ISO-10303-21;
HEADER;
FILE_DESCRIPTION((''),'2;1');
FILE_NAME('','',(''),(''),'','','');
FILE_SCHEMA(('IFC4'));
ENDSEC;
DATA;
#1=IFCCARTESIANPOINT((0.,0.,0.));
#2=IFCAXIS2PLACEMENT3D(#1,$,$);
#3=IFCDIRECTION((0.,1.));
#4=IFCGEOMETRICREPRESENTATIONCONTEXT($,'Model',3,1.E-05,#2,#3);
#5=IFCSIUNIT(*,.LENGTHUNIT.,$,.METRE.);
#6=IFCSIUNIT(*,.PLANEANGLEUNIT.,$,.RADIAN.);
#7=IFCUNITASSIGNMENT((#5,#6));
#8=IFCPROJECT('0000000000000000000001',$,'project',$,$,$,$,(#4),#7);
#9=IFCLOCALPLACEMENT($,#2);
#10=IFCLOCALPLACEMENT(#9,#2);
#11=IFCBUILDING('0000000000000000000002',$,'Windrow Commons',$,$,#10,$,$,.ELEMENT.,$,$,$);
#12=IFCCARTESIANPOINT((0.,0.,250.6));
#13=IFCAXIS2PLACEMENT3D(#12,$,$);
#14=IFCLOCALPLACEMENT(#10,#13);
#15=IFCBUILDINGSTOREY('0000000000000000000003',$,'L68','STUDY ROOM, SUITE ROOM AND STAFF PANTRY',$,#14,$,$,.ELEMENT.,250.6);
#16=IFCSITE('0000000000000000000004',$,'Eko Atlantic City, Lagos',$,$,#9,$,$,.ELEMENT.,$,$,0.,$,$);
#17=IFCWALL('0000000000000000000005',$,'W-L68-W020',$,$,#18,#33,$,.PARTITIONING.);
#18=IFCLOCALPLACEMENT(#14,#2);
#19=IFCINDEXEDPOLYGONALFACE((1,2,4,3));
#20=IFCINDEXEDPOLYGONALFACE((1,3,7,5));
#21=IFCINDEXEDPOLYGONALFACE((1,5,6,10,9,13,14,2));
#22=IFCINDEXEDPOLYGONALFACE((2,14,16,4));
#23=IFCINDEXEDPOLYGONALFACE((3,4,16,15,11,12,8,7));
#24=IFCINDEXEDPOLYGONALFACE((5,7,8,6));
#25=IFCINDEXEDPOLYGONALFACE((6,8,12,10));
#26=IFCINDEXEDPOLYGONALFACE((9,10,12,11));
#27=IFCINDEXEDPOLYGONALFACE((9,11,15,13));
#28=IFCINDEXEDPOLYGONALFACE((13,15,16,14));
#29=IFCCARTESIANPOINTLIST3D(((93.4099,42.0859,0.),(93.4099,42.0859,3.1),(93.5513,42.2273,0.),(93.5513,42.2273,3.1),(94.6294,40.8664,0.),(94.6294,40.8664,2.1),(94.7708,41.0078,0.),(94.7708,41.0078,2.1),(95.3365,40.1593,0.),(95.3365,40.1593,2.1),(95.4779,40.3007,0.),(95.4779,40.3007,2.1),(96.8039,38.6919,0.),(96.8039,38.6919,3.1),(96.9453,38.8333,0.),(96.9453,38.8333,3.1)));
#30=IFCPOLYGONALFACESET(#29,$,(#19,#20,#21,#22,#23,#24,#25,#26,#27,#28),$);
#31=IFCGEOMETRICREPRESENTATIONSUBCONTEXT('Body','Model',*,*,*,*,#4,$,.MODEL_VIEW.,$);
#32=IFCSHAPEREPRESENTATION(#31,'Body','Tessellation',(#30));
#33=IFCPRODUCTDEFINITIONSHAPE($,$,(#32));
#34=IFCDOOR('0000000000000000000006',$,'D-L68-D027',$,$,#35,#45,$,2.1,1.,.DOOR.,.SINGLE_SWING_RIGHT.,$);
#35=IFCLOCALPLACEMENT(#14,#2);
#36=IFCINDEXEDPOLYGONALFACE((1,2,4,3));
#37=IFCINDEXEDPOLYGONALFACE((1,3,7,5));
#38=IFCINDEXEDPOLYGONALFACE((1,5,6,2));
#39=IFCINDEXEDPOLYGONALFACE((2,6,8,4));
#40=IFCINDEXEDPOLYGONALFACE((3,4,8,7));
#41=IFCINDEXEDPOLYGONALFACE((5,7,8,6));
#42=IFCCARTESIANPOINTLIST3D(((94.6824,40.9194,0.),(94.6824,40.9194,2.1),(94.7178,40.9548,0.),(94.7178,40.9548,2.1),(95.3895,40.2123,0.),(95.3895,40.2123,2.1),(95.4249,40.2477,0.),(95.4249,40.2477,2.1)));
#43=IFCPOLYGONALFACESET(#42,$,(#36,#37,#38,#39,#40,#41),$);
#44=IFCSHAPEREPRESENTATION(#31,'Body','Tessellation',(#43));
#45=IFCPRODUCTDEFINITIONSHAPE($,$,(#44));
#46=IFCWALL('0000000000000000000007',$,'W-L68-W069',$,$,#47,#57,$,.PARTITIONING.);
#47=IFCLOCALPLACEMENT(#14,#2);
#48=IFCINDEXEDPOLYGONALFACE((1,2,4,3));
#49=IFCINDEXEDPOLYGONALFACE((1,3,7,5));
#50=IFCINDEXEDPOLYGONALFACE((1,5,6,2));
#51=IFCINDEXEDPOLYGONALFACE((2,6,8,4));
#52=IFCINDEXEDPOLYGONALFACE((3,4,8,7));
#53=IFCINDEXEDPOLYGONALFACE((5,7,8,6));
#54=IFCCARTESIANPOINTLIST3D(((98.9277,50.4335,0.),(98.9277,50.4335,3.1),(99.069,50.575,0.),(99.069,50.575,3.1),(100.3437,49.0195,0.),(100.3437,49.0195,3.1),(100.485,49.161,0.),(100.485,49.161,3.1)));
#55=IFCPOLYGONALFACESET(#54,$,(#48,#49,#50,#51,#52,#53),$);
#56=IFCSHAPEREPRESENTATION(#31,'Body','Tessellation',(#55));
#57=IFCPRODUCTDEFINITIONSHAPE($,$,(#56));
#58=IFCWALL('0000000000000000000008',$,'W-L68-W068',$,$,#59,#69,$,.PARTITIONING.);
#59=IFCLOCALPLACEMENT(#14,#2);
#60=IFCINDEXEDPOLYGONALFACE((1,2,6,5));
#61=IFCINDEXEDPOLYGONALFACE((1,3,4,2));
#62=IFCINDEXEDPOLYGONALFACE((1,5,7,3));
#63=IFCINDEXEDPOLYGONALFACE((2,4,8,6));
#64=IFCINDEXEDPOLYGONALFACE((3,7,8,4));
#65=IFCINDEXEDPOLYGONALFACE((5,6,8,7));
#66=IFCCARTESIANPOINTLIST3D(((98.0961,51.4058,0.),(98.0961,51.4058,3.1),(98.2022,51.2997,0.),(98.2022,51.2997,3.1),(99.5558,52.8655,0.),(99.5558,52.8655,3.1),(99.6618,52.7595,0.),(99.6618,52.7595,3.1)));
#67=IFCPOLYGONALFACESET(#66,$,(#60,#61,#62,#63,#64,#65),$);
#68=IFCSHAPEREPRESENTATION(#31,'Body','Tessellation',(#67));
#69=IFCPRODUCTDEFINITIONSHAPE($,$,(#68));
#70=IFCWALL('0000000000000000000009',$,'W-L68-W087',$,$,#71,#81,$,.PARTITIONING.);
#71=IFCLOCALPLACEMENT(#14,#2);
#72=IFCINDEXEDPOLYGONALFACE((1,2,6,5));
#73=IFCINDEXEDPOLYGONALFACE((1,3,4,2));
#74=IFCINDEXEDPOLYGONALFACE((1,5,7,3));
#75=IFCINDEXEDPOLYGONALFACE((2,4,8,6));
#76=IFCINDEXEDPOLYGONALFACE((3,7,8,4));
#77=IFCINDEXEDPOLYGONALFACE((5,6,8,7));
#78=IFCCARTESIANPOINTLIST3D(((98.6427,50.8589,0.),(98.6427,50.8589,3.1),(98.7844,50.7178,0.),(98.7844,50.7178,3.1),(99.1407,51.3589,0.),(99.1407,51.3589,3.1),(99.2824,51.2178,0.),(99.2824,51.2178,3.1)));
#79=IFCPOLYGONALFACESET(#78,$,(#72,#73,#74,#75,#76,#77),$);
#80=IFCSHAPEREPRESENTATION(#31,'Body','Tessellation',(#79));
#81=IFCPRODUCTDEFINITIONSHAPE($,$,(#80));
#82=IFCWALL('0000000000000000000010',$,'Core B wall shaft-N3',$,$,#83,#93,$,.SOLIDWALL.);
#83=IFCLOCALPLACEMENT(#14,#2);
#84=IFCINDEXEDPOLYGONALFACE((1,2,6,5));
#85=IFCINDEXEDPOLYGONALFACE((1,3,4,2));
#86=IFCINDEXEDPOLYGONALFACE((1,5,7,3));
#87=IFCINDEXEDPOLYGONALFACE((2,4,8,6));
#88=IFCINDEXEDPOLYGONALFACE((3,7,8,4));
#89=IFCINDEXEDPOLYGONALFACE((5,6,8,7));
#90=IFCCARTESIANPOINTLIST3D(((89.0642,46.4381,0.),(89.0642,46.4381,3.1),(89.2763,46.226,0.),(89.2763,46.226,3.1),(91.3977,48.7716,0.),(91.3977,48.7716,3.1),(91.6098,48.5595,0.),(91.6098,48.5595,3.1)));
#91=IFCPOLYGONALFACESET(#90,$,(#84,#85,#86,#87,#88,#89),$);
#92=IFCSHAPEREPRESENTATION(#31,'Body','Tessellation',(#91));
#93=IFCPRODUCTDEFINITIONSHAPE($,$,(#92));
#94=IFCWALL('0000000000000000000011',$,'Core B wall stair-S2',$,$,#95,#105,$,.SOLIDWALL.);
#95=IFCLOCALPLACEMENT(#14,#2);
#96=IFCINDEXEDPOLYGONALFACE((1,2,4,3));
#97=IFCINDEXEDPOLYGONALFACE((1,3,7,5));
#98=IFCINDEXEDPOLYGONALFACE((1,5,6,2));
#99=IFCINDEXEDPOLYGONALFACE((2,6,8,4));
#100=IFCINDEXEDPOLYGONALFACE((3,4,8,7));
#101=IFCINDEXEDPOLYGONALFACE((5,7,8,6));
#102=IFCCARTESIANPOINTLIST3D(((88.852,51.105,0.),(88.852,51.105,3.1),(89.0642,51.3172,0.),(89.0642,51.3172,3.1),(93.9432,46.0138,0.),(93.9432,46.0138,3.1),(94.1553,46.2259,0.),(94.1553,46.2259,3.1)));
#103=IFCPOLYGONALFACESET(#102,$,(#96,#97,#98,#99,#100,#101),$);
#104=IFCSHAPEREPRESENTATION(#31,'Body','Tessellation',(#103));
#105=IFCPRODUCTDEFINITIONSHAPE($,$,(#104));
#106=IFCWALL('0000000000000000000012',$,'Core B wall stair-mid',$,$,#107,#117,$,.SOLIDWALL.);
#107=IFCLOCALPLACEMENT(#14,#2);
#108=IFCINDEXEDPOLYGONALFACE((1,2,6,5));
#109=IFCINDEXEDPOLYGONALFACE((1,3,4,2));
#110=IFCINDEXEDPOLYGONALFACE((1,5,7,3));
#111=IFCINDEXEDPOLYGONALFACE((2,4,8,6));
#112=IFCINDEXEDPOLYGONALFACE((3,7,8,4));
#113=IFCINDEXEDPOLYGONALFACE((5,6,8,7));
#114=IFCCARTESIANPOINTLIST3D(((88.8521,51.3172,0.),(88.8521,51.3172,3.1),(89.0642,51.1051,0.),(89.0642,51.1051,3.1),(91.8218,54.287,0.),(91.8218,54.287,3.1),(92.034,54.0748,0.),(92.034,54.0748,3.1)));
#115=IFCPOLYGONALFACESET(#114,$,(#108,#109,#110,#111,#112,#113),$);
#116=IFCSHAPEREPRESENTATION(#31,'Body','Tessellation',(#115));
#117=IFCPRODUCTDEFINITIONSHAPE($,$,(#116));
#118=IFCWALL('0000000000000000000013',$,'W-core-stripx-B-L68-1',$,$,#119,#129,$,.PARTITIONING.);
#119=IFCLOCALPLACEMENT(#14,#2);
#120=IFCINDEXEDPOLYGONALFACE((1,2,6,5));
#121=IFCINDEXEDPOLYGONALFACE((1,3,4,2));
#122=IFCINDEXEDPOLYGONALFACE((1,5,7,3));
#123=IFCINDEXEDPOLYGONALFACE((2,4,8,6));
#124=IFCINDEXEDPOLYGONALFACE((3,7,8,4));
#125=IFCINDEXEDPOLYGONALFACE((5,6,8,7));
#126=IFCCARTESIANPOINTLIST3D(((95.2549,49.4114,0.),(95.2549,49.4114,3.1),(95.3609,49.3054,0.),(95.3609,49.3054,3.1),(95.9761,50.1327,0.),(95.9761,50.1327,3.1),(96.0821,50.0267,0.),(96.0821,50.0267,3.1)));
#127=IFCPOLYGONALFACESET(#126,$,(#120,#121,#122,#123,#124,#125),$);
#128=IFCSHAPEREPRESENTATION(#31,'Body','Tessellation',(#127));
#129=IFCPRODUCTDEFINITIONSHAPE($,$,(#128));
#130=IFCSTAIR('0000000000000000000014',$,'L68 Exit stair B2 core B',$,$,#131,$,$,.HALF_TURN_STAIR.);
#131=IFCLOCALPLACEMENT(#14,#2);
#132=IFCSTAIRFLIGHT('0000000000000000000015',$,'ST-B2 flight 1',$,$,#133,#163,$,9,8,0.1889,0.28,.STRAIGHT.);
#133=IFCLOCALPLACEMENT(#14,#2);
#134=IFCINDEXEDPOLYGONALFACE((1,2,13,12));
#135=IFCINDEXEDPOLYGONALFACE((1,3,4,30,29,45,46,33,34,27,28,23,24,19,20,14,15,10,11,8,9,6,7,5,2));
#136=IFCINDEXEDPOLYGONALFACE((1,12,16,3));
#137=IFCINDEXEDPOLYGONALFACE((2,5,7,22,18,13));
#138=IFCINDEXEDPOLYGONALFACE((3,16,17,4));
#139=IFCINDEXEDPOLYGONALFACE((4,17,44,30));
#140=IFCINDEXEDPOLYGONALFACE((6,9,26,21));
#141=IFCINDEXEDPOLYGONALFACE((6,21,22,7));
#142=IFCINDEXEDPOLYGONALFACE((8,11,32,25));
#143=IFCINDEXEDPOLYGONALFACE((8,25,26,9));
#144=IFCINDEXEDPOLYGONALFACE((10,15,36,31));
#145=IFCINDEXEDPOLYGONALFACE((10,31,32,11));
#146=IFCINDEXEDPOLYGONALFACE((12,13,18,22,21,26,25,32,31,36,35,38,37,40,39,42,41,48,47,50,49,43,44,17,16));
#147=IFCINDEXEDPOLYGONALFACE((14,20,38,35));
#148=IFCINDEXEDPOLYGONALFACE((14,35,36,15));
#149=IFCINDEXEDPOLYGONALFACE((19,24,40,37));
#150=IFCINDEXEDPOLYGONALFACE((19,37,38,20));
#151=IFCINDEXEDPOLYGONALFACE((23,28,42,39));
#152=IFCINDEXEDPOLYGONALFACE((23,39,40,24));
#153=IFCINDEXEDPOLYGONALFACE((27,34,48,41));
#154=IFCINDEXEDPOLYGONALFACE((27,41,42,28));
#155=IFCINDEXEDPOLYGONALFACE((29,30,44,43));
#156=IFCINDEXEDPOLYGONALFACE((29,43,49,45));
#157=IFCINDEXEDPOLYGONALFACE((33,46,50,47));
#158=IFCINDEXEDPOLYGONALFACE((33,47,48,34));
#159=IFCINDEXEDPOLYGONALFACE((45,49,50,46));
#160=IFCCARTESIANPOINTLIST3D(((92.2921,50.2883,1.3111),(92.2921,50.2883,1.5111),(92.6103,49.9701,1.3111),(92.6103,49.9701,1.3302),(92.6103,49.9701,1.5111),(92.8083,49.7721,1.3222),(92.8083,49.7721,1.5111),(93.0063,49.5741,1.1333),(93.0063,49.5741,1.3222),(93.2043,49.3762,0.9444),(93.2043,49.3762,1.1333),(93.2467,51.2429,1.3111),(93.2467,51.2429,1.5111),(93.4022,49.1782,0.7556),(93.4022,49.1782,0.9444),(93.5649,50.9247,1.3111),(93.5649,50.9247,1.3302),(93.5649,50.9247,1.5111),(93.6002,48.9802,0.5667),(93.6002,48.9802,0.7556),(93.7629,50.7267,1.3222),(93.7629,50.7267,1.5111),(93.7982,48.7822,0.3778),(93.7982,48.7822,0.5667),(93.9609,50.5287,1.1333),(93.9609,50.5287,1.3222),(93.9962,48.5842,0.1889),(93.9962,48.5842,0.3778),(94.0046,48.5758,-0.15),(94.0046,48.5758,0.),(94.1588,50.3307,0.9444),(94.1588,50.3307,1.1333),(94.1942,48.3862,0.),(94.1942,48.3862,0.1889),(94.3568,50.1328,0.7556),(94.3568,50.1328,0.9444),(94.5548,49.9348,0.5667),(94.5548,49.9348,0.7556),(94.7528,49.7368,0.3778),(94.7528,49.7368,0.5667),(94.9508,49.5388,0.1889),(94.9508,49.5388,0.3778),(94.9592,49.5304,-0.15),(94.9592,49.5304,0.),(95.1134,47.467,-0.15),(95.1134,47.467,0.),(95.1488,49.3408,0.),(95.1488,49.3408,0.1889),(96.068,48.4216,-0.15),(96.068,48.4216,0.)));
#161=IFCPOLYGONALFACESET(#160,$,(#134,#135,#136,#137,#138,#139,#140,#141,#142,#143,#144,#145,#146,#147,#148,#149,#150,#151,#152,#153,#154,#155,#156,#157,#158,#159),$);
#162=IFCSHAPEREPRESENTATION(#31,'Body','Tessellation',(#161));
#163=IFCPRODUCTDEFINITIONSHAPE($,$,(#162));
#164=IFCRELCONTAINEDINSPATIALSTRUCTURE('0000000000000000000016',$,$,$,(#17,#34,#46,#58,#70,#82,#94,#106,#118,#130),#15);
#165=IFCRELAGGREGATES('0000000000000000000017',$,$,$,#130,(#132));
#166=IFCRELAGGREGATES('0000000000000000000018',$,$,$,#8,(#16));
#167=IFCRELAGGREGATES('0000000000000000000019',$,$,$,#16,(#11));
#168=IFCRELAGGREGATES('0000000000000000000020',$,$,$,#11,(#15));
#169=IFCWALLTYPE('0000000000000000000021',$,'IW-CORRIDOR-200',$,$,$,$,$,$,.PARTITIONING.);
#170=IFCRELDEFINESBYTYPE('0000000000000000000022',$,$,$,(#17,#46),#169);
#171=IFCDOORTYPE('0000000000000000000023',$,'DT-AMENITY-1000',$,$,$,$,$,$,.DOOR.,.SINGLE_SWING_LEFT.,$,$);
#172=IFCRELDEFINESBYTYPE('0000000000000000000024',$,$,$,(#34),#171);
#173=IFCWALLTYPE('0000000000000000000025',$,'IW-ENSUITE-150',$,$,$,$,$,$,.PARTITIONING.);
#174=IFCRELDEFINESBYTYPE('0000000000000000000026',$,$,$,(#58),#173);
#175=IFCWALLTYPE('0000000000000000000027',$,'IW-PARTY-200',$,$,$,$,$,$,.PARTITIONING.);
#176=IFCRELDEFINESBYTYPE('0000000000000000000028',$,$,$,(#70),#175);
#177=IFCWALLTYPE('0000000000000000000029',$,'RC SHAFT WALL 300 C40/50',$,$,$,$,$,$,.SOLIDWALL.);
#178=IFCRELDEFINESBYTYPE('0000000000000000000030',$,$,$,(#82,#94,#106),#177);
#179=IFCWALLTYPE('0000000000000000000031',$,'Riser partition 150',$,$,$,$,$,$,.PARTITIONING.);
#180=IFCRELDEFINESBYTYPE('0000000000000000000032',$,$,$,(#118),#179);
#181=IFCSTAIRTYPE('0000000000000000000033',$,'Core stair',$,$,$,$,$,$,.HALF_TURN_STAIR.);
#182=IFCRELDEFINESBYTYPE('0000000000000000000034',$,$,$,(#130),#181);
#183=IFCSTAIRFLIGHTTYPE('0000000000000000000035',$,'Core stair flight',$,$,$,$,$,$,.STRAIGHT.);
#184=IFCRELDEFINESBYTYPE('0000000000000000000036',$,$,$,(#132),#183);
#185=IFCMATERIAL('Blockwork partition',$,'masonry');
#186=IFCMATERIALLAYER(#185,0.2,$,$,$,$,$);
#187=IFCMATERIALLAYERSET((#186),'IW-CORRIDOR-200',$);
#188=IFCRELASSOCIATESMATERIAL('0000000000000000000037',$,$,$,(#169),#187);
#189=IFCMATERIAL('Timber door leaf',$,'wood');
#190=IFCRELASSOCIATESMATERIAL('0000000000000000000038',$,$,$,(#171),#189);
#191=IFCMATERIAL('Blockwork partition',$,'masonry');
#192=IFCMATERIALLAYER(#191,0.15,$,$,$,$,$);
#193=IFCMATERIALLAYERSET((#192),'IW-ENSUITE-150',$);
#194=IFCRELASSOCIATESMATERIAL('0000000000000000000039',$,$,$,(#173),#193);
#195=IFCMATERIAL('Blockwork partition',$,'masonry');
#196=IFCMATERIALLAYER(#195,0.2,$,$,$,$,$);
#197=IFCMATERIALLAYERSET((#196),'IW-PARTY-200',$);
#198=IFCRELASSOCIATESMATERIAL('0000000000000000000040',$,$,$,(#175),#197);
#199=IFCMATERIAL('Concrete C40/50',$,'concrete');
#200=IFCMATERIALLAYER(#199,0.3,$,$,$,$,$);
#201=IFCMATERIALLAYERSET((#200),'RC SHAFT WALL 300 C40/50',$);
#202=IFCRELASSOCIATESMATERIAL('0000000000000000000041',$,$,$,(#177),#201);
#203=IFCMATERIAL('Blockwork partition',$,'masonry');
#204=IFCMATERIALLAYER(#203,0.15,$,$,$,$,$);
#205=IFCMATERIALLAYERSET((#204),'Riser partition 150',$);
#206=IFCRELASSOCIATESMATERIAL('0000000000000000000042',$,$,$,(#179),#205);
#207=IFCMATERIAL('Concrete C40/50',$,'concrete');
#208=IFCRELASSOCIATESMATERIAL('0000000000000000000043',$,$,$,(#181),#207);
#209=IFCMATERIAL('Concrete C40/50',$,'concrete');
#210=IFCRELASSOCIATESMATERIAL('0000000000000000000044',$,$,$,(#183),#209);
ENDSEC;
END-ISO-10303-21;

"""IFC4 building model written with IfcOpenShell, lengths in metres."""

from ifc_helpers import new_model, si_unit, direction, frame, frame_2d, origin, place, context, subcontext, project, spatial, polyline, rectangle, outline, extrude, material, layer, layer_set, type_object, element, fill, aggregate, save


model = new_model("IFC4")

# Units and contexts
model_context = context("Model", 3, precision=1e-05, world=origin(), true_north=direction((0.0, 1.0)))
body_context = subcontext(model_context, "Body", "Model", "MODEL_VIEW")
ifc_project = project(units=[si_unit("LENGTHUNIT", "METRE"), si_unit("PLANEANGLEUNIT", "RADIAN")], contexts=[model_context])

# Site, building, storey
site_placement = place(None, origin())
site = spatial("IfcSite", under=ifc_project, at=site_placement, Name="Eko Atlantic City, Lagos", CompositionType="ELEMENT", RefElevation=0.0)
building_placement = place(site_placement, origin())
building = spatial("IfcBuilding", under=site, at=building_placement, Name="Windrow Commons", CompositionType="ELEMENT")
storey_placement = place(building_placement, frame((0.0, 0.0, 250.6)))
storey = spatial("IfcBuildingStorey", under=building, at=storey_placement, Name="L68", Description="STUDY ROOM, SUITE ROOM AND STAFF PANTRY", CompositionType="ELEMENT", Elevation=250.6)

# Wall, opening, door
ifc_material_1 = material(Name="Blockwork partition", Category="masonry")
ifc_layer_1 = layer(ifc_material_1, 0.2)
ifc_layer_set_1 = layer_set([ifc_layer_1], Name="IW-CORRIDOR-200")
wall_type_1 = type_object("IfcWallType", Name="IW-CORRIDOR-200", PredefinedType="PARTITIONING", material=ifc_layer_set_1)
ifc_material_2 = material(Name="Timber door leaf", Category="wood")
door_type = type_object("IfcDoorType", Name="DT-AMENITY-1000", OperationType="SINGLE_SWING_LEFT", PredefinedType="DOOR", material=ifc_material_2)
wall_1_placement = place(storey_placement, frame((93.4806, 42.1566, 0.0), z_axis=(0.0, 0.0, 1.0), x_axis=(0.707107, -0.707107, 0.0)))
wall_1 = element("IfcWall", 1, at=wall_1_placement, inside=storey, type_object=wall_type_1, Name="W-L68-W020", PredefinedType="PARTITIONING", context=body_context, shape_type="SweptSolid", body=[
    extrude(rectangle(XDim=4.7998, YDim=0.2, at=frame_2d((2.3999, 0.0))), origin(), (0.0, 0.0, 1.0), 3.1),
])
opening_1_placement = place(wall_1_placement, frame((1.7246, 0.0, 0.0)))
opening_1 = element("IfcOpeningElement", 2, at=opening_1_placement, cuts=wall_1, PredefinedType="OPENING", context=body_context, shape_type="SweptSolid", body=[
    extrude(rectangle(XDim=1.0, YDim=2.1, at=frame_2d((0.5, 1.05))), frame((0.0, 0.11, 0.0), z_axis=(0.0, -1.0, 0.0), x_axis=(1.0, 0.0, 0.0)), (0.0, 0.0, 1.0), 0.22),
])
door_1_placement = place(opening_1_placement, origin())
door_1 = element("IfcDoor", 3, at=door_1_placement, inside=storey, type_object=door_type, Name="D-L68-D027", OperationType="SINGLE_SWING_RIGHT", OverallHeight=2.1, OverallWidth=1.0, PredefinedType="DOOR", context=body_context, shape_type="SweptSolid", body=[
    extrude(rectangle(XDim=1.0, YDim=2.1, at=frame_2d((0.5, 1.05))), frame((0.0, 0.025, 0.0), z_axis=(0.0, -1.0, 0.0), x_axis=(1.0, 0.0, 0.0)), (0.0, 0.0, 1.0), 0.05),
])
fill(opening_1, door_1)

# Walls
wall_2_placement = place(storey_placement, frame((98.9983, 50.5043, 0.0), z_axis=(0.0, 0.0, 1.0), x_axis=(0.707606, -0.706607, 0.0)))
element("IfcWall", 4, at=wall_2_placement, inside=storey, type_object=wall_type_1, Name="W-L68-W069", PredefinedType="PARTITIONING", context=body_context, shape_type="SweptSolid", body=[
    extrude(rectangle(XDim=2.0011, YDim=0.2, at=frame_2d((1.0006, 0.0))), origin(), (0.0, 0.0, 1.0), 3.1),
])
ifc_material_3 = material(Name="Blockwork partition", Category="masonry")
ifc_layer_2 = layer(ifc_material_3, 0.15)
ifc_layer_set_2 = layer_set([ifc_layer_2], Name="IW-ENSUITE-150")
wall_type_2 = type_object("IfcWallType", Name="IW-ENSUITE-150", PredefinedType="PARTITIONING", material=ifc_layer_set_2)
wall_3_placement = place(storey_placement, frame((98.1492, 51.3528, 0.0), z_axis=(0.0, 0.0, 1.0), x_axis=(0.707083, 0.707131, 0.0)))
element("IfcWall", 5, at=wall_3_placement, inside=storey, type_object=wall_type_2, Name="W-L68-W068", PredefinedType="PARTITIONING", context=body_context, shape_type="SweptSolid", body=[
    extrude(rectangle(XDim=2.0643, YDim=0.15, at=frame_2d((1.0321, 0.0))), origin(), (0.0, 0.0, 1.0), 3.1),
])
ifc_material_4 = material(Name="Blockwork partition", Category="masonry")
ifc_layer_3 = layer(ifc_material_4, 0.2)
ifc_layer_set_3 = layer_set([ifc_layer_3], Name="IW-PARTY-200")
wall_type_3 = type_object("IfcWallType", Name="IW-PARTY-200", PredefinedType="PARTITIONING", material=ifc_layer_set_3)
wall_4_placement = place(storey_placement, frame((98.7136, 50.7884, 0.0), z_axis=(0.0, 0.0, 1.0), x_axis=(0.705688, 0.708522, 0.0)))
element("IfcWall", 6, at=wall_4_placement, inside=storey, type_object=wall_type_3, Name="W-L68-W087", PredefinedType="PARTITIONING", context=body_context, shape_type="SweptSolid", body=[
    extrude(rectangle(XDim=0.7057, YDim=0.2, at=frame_2d((0.3528, 0.0))), origin(), (0.0, 0.0, 1.0), 3.1),
])
ifc_material_5 = material(Name="Concrete C40/50", Category="concrete")
ifc_layer_4 = layer(ifc_material_5, 0.3)
ifc_layer_set_4 = layer_set([ifc_layer_4], Name="RC SHAFT WALL 300 C40/50")
wall_type_4 = type_object("IfcWallType", Name="RC SHAFT WALL 300 C40/50", PredefinedType="SOLIDWALL", material=ifc_layer_set_4)
wall_5_placement = place(storey_placement, frame((89.1702, 46.332, 0.0), z_axis=(0.0, 0.0, 1.0), x_axis=(0.707107, 0.707107, 0.0)))
element("IfcWall", 7, at=wall_5_placement, inside=storey, type_object=wall_type_4, Name="Core B wall shaft-N3", PredefinedType="SOLIDWALL", context=body_context, shape_type="SweptSolid", body=[
    extrude(rectangle(XDim=3.3001, YDim=0.3, at=frame_2d((1.6501, 0.0))), origin(), (0.0, 0.0, 1.0), 3.1),
])
wall_6_placement = place(storey_placement, frame((88.9581, 51.2111, 0.0), z_axis=(0.0, 0.0, 1.0), x_axis=(0.7071, -0.707114, 0.0)))
element("IfcWall", 8, at=wall_6_placement, inside=storey, type_object=wall_type_4, Name="Core B wall stair-S2", PredefinedType="SOLIDWALL", context=body_context, shape_type="SweptSolid", body=[
    extrude(rectangle(XDim=7.2, YDim=0.3, at=frame_2d((3.6, 0.0))), origin(), (0.0, 0.0, 1.0), 3.1),
])
wall_7_placement = place(storey_placement, frame((88.9581, 51.2111, 0.0), z_axis=(0.0, 0.0, 1.0), x_axis=(0.707107, 0.707107, 0.0)))
element("IfcWall", 9, at=wall_7_placement, inside=storey, type_object=wall_type_4, Name="Core B wall stair-mid", PredefinedType="SOLIDWALL", context=body_context, shape_type="SweptSolid", body=[
    extrude(rectangle(XDim=4.1999, YDim=0.3, at=frame_2d((2.1, 0.0))), origin(), (0.0, 0.0, 1.0), 3.1),
])
ifc_material_6 = material(Name="Blockwork partition", Category="masonry")
ifc_layer_5 = layer(ifc_material_6, 0.15)
ifc_layer_set_5 = layer_set([ifc_layer_5], Name="Riser partition 150")
wall_type_5 = type_object("IfcWallType", Name="Riser partition 150", PredefinedType="PARTITIONING", material=ifc_layer_set_5)
wall_8_placement = place(storey_placement, frame((95.3079, 49.3584, 0.0), z_axis=(0.0, 0.0, 1.0), x_axis=(0.707058, 0.707156, 0.0)))
element("IfcWall", 10, at=wall_8_placement, inside=storey, type_object=wall_type_5, Name="W-core-stripx-B-L68-1", PredefinedType="PARTITIONING", context=body_context, shape_type="SweptSolid", body=[
    extrude(rectangle(XDim=1.02, YDim=0.15, at=frame_2d((0.51, 0.0))), origin(), (0.0, 0.0, 1.0), 3.1),
])

# Stair, stair flight
ifc_material_7 = material(Name="Concrete C40/50", Category="concrete")
stair_type = type_object("IfcStairType", Name="Core stair", PredefinedType="HALF_TURN_STAIR", material=ifc_material_7)
stair_placement = place(storey_placement, origin())
stair = element("IfcStair", 11, at=stair_placement, inside=storey, type_object=stair_type, Name="L68 Exit stair B2 core B", PredefinedType="HALF_TURN_STAIR")
ifc_material_8 = material(Name="Concrete C40/50", Category="concrete")
stair_flight_type = type_object("IfcStairFlightType", Name="Core stair flight", PredefinedType="STRAIGHT", material=ifc_material_8)
stair_flight_1_placement = place(storey_placement, frame((94.6715, 48.8635, 0.0), z_axis=(0.0, 0.0, 1.0), x_axis=(-0.707107, 0.707107, 0.0)))
stair_flight_1 = element("IfcStairFlight", 12, at=stair_flight_1_placement, type_object=stair_flight_type, Name="ST-B2 flight 1", NumberOfRisers=9, NumberOfTreads=8, PredefinedType="STRAIGHT", RiserHeight=0.1889, TreadLength=0.28, context=body_context, shape_type="SweptSolid", body=[
    extrude(outline(polyline([(-1.3, -0.15), (-1.3, 0.0), (0.0, 0.0), (0.0, 0.1889), (0.28, 0.1889), (0.28, 0.3778), (0.56, 0.3778), (0.56, 0.5667), (0.84, 0.5667), (0.84, 0.7556), (1.12, 0.7556), (1.12, 0.9444), (1.4, 0.9444), (1.4, 1.1333), (1.68, 1.1333), (1.68, 1.3222), (1.96, 1.3222), (1.96, 1.5111), (2.24, 1.5111), (2.69, 1.5111), (2.69, 1.3111), (2.24, 1.3111), (2.24, 1.3302), (0.2682, 0.0), (0.2682, -0.15), (-1.3, -0.15)])), frame((0.0, 0.675, 0.0), z_axis=(0.0, -1.0, 0.0), x_axis=(1.0, 0.0, 0.0)), (0.0, 0.0, 1.0), 1.35),
])
aggregate(stair, [stair_flight_1])

save(model, "model.ifc")
